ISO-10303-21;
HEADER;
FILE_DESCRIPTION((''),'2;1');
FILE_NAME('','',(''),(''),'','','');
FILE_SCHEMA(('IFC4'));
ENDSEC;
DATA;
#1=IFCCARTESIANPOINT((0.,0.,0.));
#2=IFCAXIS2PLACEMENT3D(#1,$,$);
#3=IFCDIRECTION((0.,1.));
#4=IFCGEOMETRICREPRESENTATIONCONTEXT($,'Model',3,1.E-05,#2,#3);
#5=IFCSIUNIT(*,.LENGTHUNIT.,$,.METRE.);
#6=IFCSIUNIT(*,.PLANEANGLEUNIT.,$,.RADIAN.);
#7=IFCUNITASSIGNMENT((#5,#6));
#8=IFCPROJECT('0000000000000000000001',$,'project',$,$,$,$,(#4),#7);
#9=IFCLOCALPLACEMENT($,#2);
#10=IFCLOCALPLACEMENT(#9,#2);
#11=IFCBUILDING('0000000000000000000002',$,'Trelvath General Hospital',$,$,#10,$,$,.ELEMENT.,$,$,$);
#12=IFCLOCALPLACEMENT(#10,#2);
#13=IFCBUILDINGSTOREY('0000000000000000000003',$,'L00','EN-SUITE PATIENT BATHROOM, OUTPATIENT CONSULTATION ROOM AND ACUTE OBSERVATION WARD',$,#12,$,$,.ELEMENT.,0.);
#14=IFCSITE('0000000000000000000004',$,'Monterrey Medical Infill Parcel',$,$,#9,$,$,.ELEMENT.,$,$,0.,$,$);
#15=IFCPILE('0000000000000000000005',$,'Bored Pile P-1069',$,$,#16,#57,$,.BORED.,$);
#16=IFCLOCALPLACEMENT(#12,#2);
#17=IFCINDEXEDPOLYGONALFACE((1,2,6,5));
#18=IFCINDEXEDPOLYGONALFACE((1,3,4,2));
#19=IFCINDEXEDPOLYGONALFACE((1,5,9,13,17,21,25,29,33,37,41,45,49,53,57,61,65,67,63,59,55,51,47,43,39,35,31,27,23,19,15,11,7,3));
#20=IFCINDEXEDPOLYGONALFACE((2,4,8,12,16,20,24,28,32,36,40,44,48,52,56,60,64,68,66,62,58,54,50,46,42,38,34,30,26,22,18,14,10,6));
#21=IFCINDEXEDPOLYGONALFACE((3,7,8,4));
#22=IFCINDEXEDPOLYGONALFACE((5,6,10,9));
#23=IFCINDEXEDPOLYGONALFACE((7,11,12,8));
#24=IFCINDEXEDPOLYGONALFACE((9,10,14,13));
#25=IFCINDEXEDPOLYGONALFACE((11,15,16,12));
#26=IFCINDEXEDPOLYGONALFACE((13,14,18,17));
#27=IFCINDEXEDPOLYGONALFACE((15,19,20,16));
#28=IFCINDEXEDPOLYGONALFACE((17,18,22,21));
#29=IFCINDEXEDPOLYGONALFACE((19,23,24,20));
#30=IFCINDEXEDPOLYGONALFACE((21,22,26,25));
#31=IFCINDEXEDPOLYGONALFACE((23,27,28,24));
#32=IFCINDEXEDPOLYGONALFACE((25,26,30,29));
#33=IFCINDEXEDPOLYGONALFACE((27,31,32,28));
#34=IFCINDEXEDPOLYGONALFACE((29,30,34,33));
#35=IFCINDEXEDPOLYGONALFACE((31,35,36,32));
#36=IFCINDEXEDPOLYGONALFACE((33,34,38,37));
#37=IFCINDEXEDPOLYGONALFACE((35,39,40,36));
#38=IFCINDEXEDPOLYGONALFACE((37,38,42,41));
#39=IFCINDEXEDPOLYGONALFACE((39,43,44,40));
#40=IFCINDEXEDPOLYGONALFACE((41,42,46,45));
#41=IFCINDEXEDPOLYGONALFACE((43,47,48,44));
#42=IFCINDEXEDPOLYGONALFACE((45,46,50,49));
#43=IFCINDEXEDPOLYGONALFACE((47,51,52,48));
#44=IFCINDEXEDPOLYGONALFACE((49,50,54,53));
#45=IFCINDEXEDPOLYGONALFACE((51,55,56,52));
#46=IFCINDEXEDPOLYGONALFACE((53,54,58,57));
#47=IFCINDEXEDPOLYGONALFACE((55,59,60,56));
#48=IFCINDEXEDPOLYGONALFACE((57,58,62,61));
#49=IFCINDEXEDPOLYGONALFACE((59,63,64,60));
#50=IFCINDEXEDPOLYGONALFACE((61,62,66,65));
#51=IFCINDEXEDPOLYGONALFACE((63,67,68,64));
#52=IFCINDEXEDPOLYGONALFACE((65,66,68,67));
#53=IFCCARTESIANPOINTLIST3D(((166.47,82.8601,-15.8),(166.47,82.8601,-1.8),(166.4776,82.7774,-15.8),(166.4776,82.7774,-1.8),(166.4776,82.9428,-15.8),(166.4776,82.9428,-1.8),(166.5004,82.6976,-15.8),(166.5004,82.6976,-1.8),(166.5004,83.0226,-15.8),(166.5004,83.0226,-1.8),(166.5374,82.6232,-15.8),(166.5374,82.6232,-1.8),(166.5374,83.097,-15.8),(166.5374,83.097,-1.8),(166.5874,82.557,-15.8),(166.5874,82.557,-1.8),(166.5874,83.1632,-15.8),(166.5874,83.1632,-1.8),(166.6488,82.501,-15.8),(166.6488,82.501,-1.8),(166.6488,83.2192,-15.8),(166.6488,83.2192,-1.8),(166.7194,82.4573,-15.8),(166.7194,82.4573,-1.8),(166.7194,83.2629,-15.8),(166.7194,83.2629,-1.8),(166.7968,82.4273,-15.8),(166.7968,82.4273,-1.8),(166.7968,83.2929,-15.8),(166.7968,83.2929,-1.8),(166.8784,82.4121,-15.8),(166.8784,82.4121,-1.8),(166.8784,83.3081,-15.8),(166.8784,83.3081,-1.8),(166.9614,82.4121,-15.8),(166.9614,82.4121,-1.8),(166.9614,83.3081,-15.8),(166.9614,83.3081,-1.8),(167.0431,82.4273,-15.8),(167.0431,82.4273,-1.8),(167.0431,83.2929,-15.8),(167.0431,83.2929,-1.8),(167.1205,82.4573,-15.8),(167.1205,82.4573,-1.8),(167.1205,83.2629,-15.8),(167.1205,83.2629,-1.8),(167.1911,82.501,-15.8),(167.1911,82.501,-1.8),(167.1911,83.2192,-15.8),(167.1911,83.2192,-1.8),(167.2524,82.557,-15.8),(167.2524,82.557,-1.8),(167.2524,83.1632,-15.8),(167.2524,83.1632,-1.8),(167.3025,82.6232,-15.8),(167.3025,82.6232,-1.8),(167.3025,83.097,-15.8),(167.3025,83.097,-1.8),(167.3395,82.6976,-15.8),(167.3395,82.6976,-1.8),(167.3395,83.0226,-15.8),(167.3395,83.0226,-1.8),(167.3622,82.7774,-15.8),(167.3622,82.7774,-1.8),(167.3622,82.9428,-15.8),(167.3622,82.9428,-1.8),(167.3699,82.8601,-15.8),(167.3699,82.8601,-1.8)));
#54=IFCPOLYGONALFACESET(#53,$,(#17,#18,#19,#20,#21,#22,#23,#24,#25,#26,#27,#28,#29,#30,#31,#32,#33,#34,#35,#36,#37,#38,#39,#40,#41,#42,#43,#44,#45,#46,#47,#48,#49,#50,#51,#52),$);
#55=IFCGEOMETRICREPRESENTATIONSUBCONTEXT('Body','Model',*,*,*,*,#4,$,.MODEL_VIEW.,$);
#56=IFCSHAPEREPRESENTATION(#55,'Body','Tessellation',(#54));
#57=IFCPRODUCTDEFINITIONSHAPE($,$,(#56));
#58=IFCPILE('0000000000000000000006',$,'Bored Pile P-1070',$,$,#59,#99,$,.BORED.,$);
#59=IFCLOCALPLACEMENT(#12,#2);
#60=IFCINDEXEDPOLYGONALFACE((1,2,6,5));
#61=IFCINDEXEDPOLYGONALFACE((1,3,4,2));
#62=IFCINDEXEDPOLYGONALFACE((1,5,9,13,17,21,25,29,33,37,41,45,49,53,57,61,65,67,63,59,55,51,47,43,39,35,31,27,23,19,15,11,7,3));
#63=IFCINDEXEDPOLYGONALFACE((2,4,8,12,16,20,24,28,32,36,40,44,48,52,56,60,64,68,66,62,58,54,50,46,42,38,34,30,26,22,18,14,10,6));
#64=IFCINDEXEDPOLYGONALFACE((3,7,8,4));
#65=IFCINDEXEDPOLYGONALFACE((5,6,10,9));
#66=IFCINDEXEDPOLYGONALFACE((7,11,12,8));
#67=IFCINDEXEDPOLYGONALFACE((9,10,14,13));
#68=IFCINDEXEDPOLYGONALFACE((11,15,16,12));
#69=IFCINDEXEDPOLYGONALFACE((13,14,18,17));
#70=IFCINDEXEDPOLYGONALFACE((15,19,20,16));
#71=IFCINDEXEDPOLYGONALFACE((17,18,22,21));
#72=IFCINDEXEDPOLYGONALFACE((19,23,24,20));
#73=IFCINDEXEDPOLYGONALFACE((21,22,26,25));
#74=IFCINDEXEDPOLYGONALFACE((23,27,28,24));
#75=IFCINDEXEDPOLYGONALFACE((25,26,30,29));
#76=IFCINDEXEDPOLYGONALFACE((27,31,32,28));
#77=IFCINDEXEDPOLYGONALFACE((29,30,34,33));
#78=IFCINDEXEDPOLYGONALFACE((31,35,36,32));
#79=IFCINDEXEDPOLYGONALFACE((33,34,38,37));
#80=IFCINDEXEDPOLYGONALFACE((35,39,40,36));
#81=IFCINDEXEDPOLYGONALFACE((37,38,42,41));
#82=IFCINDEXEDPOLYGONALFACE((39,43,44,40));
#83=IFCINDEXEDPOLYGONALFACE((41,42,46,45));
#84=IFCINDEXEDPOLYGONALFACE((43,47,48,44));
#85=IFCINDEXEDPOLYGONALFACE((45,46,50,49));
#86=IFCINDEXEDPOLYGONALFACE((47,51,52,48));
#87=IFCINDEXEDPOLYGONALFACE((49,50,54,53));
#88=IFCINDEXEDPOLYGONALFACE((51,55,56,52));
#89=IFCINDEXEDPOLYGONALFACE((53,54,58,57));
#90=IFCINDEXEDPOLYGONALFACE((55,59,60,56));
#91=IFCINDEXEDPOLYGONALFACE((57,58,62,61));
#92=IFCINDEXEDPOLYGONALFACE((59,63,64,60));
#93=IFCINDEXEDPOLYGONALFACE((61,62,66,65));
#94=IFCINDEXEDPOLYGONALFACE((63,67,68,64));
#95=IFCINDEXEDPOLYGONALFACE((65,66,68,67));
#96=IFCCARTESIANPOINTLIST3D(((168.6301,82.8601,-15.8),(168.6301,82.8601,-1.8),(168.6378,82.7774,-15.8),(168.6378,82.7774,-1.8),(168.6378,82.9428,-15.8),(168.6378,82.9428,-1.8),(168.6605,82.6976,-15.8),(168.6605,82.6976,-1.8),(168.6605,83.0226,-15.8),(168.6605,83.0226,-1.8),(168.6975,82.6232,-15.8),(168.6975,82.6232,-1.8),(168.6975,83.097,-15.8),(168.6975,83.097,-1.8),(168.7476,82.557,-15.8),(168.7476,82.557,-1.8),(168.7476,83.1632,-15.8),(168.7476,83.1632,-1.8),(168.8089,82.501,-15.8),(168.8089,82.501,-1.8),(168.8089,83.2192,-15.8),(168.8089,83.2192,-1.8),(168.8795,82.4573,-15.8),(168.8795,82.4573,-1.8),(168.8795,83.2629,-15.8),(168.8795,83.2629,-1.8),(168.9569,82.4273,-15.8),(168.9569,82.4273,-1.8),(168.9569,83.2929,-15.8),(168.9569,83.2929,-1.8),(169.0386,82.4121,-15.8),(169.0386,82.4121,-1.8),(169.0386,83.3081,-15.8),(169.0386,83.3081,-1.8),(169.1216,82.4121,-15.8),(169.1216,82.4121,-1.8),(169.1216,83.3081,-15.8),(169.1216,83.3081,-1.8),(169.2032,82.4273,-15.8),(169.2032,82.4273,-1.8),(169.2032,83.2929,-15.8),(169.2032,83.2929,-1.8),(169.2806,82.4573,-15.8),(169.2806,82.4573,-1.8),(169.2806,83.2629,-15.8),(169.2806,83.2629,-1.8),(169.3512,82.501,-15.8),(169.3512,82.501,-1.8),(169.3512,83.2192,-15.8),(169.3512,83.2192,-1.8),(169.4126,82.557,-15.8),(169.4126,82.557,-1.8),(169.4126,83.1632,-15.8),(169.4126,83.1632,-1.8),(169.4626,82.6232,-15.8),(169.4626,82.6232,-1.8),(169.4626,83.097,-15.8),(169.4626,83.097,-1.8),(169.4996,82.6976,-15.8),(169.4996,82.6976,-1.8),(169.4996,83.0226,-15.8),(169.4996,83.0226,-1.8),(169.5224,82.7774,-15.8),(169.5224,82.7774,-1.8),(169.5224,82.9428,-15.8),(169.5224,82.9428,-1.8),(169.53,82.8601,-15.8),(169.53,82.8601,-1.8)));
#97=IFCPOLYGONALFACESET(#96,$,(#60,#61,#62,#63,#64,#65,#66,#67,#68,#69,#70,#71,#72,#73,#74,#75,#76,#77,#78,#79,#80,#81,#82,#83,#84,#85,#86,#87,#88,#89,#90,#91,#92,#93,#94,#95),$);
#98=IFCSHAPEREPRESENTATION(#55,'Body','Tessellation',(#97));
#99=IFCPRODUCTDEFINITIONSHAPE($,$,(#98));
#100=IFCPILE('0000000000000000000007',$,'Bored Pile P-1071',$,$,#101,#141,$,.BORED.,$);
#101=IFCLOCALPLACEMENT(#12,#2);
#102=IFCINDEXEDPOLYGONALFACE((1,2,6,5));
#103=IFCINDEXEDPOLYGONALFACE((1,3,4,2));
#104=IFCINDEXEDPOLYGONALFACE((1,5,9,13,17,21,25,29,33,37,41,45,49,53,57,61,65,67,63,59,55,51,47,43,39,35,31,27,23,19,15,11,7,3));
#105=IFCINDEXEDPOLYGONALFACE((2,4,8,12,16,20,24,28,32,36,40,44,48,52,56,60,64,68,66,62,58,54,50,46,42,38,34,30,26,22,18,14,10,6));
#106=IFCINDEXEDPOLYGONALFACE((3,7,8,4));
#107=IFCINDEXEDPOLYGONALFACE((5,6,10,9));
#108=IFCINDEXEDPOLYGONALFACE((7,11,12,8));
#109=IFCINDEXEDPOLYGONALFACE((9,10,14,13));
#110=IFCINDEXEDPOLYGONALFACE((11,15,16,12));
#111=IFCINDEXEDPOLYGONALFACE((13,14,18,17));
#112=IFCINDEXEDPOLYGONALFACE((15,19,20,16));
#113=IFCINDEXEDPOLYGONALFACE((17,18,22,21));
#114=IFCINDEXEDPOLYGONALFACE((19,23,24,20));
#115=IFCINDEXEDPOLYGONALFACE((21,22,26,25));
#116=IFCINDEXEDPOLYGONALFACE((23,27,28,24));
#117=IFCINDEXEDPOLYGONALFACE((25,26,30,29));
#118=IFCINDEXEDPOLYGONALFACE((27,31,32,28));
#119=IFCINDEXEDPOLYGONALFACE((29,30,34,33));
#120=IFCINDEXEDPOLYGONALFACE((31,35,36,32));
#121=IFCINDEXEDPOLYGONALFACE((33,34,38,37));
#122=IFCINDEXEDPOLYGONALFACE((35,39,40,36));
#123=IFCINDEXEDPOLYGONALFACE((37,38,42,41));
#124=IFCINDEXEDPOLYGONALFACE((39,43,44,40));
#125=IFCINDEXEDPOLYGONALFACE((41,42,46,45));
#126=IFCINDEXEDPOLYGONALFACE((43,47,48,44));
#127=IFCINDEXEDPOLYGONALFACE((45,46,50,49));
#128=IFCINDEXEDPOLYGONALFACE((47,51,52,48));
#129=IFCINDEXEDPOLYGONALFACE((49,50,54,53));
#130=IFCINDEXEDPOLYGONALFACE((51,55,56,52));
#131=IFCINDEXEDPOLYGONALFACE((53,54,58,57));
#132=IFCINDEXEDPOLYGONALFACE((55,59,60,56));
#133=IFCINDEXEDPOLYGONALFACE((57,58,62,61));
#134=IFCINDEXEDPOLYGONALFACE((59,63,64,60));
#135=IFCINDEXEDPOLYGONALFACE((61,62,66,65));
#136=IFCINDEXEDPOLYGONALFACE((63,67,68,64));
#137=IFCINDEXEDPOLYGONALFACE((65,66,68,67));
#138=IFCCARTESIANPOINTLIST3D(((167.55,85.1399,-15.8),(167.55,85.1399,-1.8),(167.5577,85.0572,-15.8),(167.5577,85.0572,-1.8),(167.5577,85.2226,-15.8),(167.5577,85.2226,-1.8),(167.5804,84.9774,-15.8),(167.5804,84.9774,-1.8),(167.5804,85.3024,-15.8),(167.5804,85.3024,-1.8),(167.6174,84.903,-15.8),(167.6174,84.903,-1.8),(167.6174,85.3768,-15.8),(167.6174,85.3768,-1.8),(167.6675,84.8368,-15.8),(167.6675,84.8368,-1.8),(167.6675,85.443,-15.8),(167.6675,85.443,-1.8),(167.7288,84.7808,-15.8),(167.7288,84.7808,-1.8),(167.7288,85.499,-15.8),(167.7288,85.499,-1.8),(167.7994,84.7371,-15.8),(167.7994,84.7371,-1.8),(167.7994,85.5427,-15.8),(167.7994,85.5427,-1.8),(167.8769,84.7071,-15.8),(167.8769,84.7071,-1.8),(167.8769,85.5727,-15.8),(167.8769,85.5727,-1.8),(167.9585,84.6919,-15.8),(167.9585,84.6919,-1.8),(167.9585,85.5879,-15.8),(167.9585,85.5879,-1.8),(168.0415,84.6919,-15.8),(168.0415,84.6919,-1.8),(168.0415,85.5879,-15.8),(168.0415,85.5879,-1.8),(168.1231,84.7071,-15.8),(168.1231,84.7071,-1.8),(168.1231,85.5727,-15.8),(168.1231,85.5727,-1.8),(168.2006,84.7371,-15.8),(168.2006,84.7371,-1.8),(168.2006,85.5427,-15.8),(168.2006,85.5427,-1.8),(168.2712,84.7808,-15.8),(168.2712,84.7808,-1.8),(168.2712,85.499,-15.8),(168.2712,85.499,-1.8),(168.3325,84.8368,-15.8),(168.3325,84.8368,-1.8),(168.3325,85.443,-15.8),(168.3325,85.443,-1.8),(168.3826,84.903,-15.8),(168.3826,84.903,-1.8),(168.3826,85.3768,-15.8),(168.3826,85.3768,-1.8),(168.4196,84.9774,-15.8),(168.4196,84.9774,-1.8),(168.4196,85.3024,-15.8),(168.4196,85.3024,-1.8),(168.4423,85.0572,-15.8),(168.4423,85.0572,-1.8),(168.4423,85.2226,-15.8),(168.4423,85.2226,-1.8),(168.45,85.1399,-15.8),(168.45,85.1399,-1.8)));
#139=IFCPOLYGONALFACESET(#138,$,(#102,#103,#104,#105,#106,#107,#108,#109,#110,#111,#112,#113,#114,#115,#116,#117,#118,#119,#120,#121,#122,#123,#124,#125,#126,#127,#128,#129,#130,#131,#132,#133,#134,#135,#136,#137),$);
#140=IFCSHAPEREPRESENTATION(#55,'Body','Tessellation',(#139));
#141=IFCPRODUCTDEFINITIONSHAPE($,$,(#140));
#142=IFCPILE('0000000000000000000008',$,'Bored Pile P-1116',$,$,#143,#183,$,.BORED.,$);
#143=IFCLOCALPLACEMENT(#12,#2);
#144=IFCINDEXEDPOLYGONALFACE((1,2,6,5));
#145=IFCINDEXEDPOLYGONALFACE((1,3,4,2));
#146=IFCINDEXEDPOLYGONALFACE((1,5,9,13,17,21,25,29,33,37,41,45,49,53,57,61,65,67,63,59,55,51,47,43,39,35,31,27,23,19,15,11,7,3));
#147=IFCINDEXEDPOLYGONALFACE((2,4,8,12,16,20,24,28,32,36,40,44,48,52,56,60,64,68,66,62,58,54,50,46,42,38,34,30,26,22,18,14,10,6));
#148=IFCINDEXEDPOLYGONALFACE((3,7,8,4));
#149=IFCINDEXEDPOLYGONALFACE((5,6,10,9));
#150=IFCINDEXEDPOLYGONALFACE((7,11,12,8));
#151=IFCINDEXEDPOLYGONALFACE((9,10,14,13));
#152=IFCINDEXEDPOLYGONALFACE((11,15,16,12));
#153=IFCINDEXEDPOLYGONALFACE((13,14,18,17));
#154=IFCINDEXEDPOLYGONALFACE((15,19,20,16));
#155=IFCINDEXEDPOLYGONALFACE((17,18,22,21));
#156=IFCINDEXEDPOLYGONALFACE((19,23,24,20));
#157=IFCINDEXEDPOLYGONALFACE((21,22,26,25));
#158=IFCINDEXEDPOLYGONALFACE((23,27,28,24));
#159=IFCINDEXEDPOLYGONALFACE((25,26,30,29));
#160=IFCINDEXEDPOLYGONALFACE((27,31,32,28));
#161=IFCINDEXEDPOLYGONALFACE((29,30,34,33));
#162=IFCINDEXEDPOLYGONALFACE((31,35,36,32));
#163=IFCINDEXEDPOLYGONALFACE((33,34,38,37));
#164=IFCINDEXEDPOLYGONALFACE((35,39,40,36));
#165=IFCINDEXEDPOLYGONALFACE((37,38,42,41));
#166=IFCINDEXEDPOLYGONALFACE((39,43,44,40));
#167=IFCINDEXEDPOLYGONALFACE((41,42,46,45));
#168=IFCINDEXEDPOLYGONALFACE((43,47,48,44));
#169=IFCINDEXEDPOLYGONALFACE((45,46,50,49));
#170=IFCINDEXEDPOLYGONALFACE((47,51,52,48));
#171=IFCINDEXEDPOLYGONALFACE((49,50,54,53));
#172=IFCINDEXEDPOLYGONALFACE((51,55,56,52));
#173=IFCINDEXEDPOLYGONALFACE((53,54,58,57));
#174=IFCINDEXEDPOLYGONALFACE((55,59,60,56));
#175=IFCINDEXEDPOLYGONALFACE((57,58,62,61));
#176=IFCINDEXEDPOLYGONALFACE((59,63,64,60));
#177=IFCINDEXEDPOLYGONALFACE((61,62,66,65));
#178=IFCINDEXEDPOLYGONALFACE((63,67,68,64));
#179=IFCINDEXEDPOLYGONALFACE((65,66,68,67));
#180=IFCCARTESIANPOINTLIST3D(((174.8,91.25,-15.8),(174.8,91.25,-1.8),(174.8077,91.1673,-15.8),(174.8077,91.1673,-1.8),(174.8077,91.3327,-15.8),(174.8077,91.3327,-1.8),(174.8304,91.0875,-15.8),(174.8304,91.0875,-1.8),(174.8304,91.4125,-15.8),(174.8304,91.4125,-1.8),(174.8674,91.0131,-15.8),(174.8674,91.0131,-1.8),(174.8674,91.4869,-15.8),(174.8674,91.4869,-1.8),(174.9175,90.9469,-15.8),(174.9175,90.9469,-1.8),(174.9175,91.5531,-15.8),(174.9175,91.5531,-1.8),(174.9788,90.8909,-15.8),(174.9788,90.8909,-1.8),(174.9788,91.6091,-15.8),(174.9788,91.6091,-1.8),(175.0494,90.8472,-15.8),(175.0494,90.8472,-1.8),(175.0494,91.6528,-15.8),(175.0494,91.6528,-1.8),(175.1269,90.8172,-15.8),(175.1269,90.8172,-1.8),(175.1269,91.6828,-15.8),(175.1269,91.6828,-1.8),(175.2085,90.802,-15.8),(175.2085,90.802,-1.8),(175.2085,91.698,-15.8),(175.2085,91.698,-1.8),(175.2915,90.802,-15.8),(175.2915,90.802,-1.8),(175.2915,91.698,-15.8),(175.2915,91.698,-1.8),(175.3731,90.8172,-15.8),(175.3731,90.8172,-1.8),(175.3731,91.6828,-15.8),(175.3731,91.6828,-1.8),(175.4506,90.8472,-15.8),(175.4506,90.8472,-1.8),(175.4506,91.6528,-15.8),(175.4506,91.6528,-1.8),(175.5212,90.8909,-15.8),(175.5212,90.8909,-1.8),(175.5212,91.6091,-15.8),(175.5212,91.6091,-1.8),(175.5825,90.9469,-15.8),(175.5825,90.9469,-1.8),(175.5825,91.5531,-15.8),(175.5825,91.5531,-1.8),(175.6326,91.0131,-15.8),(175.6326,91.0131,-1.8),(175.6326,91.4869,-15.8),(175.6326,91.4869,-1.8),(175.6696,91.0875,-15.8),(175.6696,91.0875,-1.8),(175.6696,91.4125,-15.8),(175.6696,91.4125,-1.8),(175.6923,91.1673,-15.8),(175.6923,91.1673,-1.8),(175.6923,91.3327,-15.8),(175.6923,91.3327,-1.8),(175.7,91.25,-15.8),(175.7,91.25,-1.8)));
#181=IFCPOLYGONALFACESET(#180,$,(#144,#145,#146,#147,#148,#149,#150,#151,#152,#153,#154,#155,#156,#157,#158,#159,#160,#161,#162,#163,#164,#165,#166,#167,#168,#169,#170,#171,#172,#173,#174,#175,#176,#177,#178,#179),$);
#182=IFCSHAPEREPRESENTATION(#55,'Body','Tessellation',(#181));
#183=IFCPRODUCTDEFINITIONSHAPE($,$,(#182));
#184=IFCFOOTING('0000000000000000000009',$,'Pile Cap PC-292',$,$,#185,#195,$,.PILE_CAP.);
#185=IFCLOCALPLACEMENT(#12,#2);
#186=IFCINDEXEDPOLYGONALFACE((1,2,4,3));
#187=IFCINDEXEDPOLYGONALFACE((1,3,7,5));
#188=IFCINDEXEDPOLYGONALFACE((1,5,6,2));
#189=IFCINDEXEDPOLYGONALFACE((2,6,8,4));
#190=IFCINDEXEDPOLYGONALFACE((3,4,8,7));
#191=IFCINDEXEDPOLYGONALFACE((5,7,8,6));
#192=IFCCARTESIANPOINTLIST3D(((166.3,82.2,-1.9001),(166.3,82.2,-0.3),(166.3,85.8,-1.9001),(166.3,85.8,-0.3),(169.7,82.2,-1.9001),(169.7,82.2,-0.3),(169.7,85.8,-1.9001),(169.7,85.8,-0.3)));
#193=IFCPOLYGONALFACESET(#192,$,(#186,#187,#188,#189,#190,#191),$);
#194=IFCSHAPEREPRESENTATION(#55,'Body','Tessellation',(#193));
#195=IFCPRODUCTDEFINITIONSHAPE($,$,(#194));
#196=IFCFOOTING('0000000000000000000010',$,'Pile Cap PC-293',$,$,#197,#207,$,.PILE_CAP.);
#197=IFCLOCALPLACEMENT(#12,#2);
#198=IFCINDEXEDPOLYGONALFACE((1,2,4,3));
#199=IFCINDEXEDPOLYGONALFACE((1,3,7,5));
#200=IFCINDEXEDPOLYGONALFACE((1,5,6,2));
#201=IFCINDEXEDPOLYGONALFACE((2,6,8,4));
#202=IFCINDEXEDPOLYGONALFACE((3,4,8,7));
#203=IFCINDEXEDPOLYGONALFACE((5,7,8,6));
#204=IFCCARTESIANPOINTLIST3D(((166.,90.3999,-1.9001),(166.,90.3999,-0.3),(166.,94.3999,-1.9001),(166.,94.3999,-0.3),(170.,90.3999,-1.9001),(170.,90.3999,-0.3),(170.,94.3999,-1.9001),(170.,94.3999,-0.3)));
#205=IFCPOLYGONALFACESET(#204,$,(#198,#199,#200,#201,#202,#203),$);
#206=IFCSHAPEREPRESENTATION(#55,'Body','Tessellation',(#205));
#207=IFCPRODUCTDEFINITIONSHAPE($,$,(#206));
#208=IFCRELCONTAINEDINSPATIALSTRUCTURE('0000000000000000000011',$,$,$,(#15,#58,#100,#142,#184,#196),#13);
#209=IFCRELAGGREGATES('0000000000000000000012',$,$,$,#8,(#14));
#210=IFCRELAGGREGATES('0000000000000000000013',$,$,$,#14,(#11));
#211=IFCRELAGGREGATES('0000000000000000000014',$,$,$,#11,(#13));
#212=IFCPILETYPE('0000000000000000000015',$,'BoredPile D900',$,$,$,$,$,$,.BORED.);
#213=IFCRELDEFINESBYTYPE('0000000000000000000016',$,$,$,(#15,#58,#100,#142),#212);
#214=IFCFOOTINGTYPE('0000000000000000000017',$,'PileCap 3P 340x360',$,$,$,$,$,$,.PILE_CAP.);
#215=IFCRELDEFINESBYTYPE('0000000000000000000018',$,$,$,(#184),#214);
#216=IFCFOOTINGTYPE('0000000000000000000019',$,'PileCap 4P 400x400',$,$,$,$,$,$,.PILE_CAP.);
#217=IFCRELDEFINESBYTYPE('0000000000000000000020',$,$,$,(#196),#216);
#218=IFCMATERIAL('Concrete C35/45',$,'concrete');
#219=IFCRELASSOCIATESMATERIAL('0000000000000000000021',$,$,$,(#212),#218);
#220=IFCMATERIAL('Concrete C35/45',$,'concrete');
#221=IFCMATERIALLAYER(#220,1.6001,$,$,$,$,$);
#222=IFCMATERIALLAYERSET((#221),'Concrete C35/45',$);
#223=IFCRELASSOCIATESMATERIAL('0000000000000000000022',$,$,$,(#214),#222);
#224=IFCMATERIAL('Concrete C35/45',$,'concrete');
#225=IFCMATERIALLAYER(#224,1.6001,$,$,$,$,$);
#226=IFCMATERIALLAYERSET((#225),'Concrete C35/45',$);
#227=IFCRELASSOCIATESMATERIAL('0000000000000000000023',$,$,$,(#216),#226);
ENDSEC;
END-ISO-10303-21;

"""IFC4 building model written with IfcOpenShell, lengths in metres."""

from ifc_helpers import new_model, si_unit, direction, frame, origin, origin_2d, place, context, subcontext, project, spatial, rectangle, circle, extrude, material, layer, layer_set, material_profile, profile_set, type_object, element, save


model = new_model("IFC4")

# Units and contexts
model_context = context("Model", 3, precision=1e-05, world=origin(), true_north=direction((0.0, 1.0)))
body_context = subcontext(model_context, "Body", "Model", "MODEL_VIEW")
ifc_project = project(units=[si_unit("LENGTHUNIT", "METRE"), si_unit("PLANEANGLEUNIT", "RADIAN")], contexts=[model_context])

# Site, building, storey
site_placement = place(None, origin())
site = spatial("IfcSite", under=ifc_project, at=site_placement, Name="Monterrey Medical Infill Parcel", CompositionType="ELEMENT", RefElevation=0.0)
building_placement = place(site_placement, origin())
building = spatial("IfcBuilding", under=site, at=building_placement, Name="Trelvath General Hospital", CompositionType="ELEMENT")
storey_placement = place(building_placement, origin())
storey = spatial("IfcBuildingStorey", under=building, at=storey_placement, Name="L00", Description="EN-SUITE PATIENT BATHROOM, OUTPATIENT CONSULTATION ROOM AND ACUTE OBSERVATION WARD", CompositionType="ELEMENT", Elevation=0.0)

# Piles
ifc_material_1 = material(Name="Concrete C35/45", Category="concrete")
ifc_material_profile_1 = material_profile(ifc_material_1, circle(Radius=0.45, at=origin_2d()), Name="PILE900")
ifc_profile_set_1 = profile_set([ifc_material_profile_1], Name="Concrete C35/45")
pile_type_1 = type_object("IfcPileType", Name="BoredPile D900", PredefinedType="BORED", material=ifc_profile_set_1)
for number, where, z_axis, x_axis, name in (
    (1, (166.9199, 82.8601, -1.8), (0.0, 0.0, -1.0), (1.0, 0.0, 0.0), "Bored Pile P-1069"),
    (2, (169.0801, 82.8601, -1.8), (0.0, 0.0, -1.0), (1.0, 0.0, 0.0), "Bored Pile P-1070"),
    (3, (168.0, 85.1399, -1.8), (0.0, 0.0, -1.0), (1.0, 0.0, 0.0), "Bored Pile P-1071"),
    (4, (175.25, 91.25, -1.8), (0.0, 0.0, -1.0), (1.0, 0.0, 0.0), "Bored Pile P-1116"),
):
    element("IfcPile", number, at=place(storey_placement, frame(where, z_axis=z_axis, x_axis=x_axis)), inside=storey, type_object=pile_type_1, Name=name, PredefinedType="BORED", context=body_context, shape_type="SweptSolid", body=[
        extrude(circle(Radius=0.45, at=origin_2d()), origin(), (0.0, 0.0, 1.0), 14.0),
    ])

# Footings
ifc_material_2 = material(Name="Concrete C35/45", Category="concrete")
ifc_layer_1 = layer(ifc_material_2, 1.6001)
ifc_layer_set_1 = layer_set([ifc_layer_1], Name="Concrete C35/45")
footing_type_1 = type_object("IfcFootingType", Name="PileCap 3P 340x360", PredefinedType="PILE_CAP", material=ifc_layer_set_1)
footing_1_placement = place(storey_placement, frame((168.0, 84.0, -1.9001), z_axis=(0.0, 0.0, 1.0), x_axis=(1.0, 0.0, 0.0)))
element("IfcFooting", 5, at=footing_1_placement, inside=storey, type_object=footing_type_1, Name="Pile Cap PC-292", PredefinedType="PILE_CAP", context=body_context, shape_type="SweptSolid", body=[
    extrude(rectangle(XDim=3.3999, YDim=3.6001, at=origin_2d()), origin(), (0.0, 0.0, 1.0), 1.6001),
])
ifc_material_3 = material(Name="Concrete C35/45", Category="concrete")
ifc_layer_2 = layer(ifc_material_3, 1.6001)
ifc_layer_set_2 = layer_set([ifc_layer_2], Name="Concrete C35/45")
footing_type_2 = type_object("IfcFootingType", Name="PileCap 4P 400x400", PredefinedType="PILE_CAP", material=ifc_layer_set_2)
footing_2_placement = place(storey_placement, frame((168.0, 92.3999, -1.9001), z_axis=(0.0, 0.0, 1.0), x_axis=(1.0, 0.0, 0.0)))
element("IfcFooting", 6, at=footing_2_placement, inside=storey, type_object=footing_type_2, Name="Pile Cap PC-293", PredefinedType="PILE_CAP", context=body_context, shape_type="SweptSolid", body=[
    extrude(rectangle(XDim=4.0, YDim=4.0, at=origin_2d()), origin(), (0.0, 0.0, 1.0), 1.6001),
])

save(model, "model.ifc")
